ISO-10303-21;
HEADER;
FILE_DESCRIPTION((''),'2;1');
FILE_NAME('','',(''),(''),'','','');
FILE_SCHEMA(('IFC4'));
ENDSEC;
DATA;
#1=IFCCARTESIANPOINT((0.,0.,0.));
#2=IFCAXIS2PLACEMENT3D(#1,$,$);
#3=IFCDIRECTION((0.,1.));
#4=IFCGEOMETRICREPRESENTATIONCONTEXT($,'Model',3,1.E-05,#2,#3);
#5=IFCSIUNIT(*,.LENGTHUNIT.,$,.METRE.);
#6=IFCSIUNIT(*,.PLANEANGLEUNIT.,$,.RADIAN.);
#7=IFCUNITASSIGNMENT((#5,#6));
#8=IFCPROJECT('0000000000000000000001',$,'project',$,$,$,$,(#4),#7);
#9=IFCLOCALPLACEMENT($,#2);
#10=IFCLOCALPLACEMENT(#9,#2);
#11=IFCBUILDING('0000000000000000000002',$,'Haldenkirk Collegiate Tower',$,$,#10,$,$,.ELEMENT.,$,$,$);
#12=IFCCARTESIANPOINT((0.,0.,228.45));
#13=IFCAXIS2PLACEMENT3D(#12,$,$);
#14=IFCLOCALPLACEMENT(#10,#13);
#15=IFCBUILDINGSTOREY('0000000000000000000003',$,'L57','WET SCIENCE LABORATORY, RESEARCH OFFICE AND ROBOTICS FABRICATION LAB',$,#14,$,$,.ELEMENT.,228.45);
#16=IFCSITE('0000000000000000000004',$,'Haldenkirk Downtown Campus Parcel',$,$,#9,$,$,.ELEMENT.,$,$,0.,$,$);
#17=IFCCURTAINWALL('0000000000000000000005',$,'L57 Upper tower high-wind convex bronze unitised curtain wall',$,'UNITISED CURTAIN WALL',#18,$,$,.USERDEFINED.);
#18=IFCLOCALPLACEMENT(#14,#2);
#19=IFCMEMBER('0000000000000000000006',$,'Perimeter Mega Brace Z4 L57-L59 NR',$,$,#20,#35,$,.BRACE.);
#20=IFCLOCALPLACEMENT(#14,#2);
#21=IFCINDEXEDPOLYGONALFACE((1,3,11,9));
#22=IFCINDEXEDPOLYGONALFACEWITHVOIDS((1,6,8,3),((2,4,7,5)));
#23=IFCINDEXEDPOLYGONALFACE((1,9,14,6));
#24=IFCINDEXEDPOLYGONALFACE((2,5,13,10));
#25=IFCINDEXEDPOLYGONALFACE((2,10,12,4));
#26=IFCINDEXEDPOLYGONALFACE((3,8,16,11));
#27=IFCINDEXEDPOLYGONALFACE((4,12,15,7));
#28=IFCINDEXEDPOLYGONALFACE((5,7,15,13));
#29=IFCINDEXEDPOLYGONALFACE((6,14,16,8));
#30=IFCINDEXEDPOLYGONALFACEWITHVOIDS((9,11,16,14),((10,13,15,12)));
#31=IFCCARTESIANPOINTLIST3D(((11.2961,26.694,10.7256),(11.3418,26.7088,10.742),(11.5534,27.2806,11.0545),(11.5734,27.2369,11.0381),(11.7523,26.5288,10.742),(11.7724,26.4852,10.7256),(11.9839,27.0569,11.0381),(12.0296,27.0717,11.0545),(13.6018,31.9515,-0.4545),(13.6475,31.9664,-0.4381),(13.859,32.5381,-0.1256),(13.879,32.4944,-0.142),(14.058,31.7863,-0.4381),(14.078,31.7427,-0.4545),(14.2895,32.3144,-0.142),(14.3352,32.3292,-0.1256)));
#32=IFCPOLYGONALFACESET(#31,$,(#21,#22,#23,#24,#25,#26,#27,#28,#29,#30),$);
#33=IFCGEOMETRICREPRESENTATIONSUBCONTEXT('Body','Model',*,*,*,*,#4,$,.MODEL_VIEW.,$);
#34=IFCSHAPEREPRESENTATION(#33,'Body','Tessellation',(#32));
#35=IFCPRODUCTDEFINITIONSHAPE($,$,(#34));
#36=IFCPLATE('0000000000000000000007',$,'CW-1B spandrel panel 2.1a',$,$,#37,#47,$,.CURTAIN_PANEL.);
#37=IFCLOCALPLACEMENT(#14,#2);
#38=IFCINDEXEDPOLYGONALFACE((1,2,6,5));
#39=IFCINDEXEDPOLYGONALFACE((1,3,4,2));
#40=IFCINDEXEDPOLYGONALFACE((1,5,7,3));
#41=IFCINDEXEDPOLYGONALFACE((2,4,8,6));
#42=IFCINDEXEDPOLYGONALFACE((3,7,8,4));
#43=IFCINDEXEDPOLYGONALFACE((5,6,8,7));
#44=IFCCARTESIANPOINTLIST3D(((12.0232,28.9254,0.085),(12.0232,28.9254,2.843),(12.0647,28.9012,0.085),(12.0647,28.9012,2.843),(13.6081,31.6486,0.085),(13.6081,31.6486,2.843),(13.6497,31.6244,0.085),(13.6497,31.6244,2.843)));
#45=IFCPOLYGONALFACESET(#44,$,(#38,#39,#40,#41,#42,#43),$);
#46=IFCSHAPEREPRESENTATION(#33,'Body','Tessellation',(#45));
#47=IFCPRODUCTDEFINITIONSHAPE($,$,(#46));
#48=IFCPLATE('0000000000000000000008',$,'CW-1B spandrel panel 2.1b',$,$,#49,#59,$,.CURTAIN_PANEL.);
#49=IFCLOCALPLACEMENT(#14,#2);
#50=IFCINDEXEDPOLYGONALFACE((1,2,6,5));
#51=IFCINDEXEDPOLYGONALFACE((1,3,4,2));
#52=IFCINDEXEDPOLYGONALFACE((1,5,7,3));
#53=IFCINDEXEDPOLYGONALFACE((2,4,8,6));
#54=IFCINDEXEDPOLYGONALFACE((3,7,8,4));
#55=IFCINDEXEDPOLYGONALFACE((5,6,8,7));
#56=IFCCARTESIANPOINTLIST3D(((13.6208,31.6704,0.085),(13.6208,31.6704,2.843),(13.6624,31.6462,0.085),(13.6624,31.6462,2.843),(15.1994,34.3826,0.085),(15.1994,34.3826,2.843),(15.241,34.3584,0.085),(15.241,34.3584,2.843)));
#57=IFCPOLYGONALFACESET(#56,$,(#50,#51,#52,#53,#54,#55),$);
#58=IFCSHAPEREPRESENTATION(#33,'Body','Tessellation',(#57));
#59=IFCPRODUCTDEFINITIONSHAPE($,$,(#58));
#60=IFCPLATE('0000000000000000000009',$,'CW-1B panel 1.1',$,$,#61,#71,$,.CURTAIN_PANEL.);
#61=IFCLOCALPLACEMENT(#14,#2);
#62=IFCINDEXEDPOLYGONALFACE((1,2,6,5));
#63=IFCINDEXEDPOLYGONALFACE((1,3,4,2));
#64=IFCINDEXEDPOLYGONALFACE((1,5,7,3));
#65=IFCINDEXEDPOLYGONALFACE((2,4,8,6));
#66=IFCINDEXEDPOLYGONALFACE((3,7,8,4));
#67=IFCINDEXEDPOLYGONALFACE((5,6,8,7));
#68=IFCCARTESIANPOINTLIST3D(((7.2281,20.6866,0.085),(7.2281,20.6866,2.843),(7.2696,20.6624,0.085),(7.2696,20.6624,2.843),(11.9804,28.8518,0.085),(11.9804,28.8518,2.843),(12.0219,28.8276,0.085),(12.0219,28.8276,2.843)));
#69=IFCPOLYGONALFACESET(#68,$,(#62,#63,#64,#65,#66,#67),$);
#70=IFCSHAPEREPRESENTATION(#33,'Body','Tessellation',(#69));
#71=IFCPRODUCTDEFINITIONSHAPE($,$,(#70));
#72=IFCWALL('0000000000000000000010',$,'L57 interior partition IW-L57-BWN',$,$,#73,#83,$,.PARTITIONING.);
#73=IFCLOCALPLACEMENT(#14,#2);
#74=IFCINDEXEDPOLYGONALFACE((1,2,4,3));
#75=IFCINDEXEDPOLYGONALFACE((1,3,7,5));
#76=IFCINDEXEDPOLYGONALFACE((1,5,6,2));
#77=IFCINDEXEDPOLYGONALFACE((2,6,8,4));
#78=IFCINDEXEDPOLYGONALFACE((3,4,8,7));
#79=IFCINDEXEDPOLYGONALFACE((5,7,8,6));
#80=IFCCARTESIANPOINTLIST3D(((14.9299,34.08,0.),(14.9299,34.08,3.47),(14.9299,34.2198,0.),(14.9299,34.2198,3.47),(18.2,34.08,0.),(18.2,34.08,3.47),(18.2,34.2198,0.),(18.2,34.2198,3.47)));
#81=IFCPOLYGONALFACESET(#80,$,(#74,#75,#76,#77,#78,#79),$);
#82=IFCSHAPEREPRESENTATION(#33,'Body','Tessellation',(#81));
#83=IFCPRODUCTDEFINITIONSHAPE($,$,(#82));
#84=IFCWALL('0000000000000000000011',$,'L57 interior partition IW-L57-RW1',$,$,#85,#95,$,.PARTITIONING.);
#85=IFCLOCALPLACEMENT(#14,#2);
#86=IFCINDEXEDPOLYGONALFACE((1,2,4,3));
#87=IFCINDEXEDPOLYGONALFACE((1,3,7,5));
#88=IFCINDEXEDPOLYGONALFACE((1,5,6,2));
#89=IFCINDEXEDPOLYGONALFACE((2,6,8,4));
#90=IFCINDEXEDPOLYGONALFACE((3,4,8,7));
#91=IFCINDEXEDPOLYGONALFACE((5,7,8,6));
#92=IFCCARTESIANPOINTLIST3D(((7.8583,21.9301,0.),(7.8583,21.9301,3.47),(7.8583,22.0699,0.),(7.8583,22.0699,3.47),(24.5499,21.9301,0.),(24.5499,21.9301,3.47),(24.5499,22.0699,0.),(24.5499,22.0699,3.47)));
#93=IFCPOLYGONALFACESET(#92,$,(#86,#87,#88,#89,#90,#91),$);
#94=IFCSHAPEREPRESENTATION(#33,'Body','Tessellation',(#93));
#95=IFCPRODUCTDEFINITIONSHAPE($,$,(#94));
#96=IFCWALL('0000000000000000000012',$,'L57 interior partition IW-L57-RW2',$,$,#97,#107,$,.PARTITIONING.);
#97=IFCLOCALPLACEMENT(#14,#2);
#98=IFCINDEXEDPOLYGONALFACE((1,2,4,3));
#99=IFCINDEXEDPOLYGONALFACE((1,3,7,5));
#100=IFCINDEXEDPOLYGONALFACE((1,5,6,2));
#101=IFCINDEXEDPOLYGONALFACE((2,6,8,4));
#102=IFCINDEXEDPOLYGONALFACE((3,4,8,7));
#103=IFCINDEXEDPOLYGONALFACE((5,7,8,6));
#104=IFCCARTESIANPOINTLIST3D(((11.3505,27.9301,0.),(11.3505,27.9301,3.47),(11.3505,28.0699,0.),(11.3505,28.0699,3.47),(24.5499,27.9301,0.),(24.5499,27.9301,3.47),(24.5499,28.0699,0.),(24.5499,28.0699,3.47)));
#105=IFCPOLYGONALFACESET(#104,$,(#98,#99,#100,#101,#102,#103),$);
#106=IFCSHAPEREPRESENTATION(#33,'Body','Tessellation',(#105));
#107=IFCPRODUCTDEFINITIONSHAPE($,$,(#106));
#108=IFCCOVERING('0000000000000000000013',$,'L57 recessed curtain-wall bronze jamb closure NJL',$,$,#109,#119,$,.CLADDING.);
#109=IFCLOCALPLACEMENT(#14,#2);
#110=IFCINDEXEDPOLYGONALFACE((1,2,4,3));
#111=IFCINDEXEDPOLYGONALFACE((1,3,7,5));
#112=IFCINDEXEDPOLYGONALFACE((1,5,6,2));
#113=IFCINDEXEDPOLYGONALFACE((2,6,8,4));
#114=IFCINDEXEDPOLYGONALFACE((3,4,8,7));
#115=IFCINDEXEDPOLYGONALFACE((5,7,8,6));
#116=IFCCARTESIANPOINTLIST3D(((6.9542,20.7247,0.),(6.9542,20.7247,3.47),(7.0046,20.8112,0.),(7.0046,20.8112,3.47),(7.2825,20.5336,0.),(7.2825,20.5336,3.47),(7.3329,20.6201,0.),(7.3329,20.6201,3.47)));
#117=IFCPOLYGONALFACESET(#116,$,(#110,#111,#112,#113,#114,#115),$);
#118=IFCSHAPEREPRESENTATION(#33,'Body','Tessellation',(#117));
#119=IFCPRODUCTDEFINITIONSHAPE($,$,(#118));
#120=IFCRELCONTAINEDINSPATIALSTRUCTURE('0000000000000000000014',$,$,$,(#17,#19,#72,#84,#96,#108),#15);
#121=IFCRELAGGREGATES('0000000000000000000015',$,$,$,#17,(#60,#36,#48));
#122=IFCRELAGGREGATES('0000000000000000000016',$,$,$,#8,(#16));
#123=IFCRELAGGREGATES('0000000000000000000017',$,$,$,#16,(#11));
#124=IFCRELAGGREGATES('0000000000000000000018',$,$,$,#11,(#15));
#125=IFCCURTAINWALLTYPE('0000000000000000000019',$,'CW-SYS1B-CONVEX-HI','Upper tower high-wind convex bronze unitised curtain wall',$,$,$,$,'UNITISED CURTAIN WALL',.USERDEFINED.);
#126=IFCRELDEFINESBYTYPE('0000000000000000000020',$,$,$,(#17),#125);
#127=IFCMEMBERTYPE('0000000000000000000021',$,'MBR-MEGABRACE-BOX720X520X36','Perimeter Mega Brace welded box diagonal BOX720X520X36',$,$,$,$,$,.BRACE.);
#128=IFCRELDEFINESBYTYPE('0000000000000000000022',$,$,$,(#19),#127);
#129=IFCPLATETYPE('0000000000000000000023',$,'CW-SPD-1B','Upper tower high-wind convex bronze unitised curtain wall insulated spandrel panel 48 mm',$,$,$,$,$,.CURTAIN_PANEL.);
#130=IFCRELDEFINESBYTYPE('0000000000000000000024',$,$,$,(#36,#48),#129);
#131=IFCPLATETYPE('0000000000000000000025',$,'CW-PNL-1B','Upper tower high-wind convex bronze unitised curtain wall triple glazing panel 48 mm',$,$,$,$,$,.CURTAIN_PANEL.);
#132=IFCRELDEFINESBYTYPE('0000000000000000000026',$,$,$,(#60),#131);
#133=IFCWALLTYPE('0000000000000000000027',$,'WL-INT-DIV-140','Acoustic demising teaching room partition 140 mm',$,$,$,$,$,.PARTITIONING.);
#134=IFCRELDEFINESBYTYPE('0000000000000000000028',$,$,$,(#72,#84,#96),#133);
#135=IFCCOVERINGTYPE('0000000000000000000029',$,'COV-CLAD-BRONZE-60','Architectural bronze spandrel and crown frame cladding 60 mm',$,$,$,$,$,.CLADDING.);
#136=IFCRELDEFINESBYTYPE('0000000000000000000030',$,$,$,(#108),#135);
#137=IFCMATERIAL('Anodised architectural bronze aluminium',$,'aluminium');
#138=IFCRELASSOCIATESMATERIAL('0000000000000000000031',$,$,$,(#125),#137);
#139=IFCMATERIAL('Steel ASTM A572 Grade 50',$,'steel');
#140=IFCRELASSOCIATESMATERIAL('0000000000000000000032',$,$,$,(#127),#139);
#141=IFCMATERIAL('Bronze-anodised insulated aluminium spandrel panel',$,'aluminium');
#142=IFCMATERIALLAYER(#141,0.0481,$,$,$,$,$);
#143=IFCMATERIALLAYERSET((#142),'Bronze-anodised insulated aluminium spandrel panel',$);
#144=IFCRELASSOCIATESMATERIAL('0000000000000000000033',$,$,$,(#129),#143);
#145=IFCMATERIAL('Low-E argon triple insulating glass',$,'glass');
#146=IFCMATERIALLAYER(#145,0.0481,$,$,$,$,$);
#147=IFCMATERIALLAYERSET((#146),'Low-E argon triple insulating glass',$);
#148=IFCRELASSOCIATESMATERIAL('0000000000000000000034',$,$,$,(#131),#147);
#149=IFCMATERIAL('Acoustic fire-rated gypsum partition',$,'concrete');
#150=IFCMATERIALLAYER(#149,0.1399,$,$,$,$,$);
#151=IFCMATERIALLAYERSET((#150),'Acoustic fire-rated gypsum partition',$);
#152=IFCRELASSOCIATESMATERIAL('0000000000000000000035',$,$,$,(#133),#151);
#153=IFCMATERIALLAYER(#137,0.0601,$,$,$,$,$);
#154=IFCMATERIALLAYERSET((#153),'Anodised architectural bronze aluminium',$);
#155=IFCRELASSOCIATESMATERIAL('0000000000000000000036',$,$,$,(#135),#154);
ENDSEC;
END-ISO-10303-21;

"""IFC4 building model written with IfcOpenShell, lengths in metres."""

from ifc_helpers import new_model, si_unit, direction, frame, frame_2d, origin, origin_2d, place, context, subcontext, project, spatial, rectangle, hollow_rectangle, extrude, source, transform, mapped, material, layer, layer_set, material_profile, profile_set, type_object, element, aggregate, save


model = new_model("IFC4")

# Units and contexts
model_context = context("Model", 3, precision=1e-05, world=origin(), true_north=direction((0.0, 1.0)))
body_context = subcontext(model_context, "Body", "Model", "MODEL_VIEW")
ifc_project = project(units=[si_unit("LENGTHUNIT", "METRE"), si_unit("PLANEANGLEUNIT", "RADIAN")], contexts=[model_context])

# Site, building, storey
site_placement = place(None, origin())
site = spatial("IfcSite", under=ifc_project, at=site_placement, Name="Haldenkirk Downtown Campus Parcel", CompositionType="ELEMENT", RefElevation=0.0)
building_placement = place(site_placement, origin())
building = spatial("IfcBuilding", under=site, at=building_placement, Name="Haldenkirk Collegiate Tower", CompositionType="ELEMENT")
storey_placement = place(building_placement, frame((0.0, 0.0, 228.45)))
storey = spatial("IfcBuildingStorey", under=building, at=storey_placement, Name="L57", Description="WET SCIENCE LABORATORY, RESEARCH OFFICE AND ROBOTICS FABRICATION LAB", CompositionType="ELEMENT", Elevation=228.45)

# Curtain wall
ifc_material_1 = material(Name="Anodised architectural bronze aluminium", Category="aluminium")
curtain_wall_type = type_object("IfcCurtainWallType", Name="CW-SYS1B-CONVEX-HI", Description="Upper tower high-wind convex bronze unitised curtain wall", ElementType="UNITISED CURTAIN WALL", PredefinedType="USERDEFINED", material=ifc_material_1)
curtain_wall_placement = place(storey_placement, origin())
curtain_wall = element("IfcCurtainWall", 1, at=curtain_wall_placement, inside=storey, type_object=curtain_wall_type, Name="L57 Upper tower high-wind convex bronze unitised curtain wall", ObjectType="UNITISED CURTAIN WALL", PredefinedType="USERDEFINED")

# Member
ifc_material_2 = material(Name="Steel ASTM A572 Grade 50", Category="steel")
ifc_material_profile_1 = material_profile(ifc_material_2, hollow_rectangle(XDim=0.52, YDim=0.72, WallThickness=0.0359, at=origin_2d()), Name="BOX720X520X36")
ifc_profile_set_1 = profile_set([ifc_material_profile_1], Name="Steel ASTM A572 Grade 50")
member_type_1 = type_object("IfcMemberType", Name="MBR-MEGABRACE-BOX720X520X36", Description="Perimeter Mega Brace welded box diagonal BOX720X520X36", PredefinedType="BRACE", material=ifc_profile_set_1)
member_1_placement = place(storey_placement, frame((13.9685, 32.1404, -0.29), z_axis=(-0.183455, -0.41833, 0.889575), x_axis=(0.915807, -0.40162, 0.0)))
element("IfcMember", 2, at=member_1_placement, inside=storey, type_object=member_type_1, Name="Perimeter Mega Brace Z4 L57-L59 NR", PredefinedType="BRACE", context=body_context, shape_type="SweptSolid", body=[
    extrude(hollow_rectangle(XDim=0.52, YDim=0.72, WallThickness=0.0359, at=origin_2d()), origin(), (0.0, 0.0, 1.0), 12.5679),
])

# Plates
ifc_material_3 = material(Name="Bronze-anodised insulated aluminium spandrel panel", Category="aluminium")
ifc_layer_1 = layer(ifc_material_3, 0.0481)
ifc_layer_set_1 = layer_set([ifc_layer_1], Name="Bronze-anodised insulated aluminium spandrel panel")
plate_type_1 = type_object("IfcPlateType", Name="CW-SPD-1B", Description="Upper tower high-wind convex bronze unitised curtain wall insulated spandrel panel 48 mm", PredefinedType="CURTAIN_PANEL", material=ifc_layer_set_1)
shared_shape_1 = source(origin(), body_context, "Body", "SweptSolid", [
    extrude(rectangle(XDim=3.1509, YDim=0.0481, at=origin_2d()), origin(), (0.0, 0.0, 1.0), 2.7581),
])
plate_1_placement = place(storey_placement, frame((12.8364, 30.2749, 0.085), z_axis=(0.0, 0.0, 1.0), x_axis=(0.50302, 0.864275, 0.0)))
plate_1 = element("IfcPlate", 3, at=plate_1_placement, type_object=plate_type_1, Name="CW-1B spandrel panel 2.1a", PredefinedType="CURTAIN_PANEL", context=body_context, shape_type="MappedRepresentation", body=[
    mapped(shared_shape_1, transform((0.0, 0.0, 0.0), x_axis=(1.0, 0.0, 0.0), y_axis=(0.0, 1.0, 0.0), z_axis=(0.0, 0.0, 1.0), scale=1.0)),
])
shared_shape_2 = source(origin(), body_context, "Body", "SweptSolid", [
    extrude(rectangle(XDim=3.1382, YDim=0.0481, at=origin_2d()), origin(), (0.0, 0.0, 1.0), 2.7581),
])
plate_2_placement = place(storey_placement, frame((14.4309, 33.0144, 0.085), z_axis=(0.0, 0.0, 1.0), x_axis=(0.50302, 0.864275, 0.0)))
plate_2 = element("IfcPlate", 4, at=plate_2_placement, type_object=plate_type_1, Name="CW-1B spandrel panel 2.1b", PredefinedType="CURTAIN_PANEL", context=body_context, shape_type="MappedRepresentation", body=[
    mapped(shared_shape_2, transform((0.0, 0.0, 0.0), x_axis=(1.0, 0.0, 0.0), y_axis=(0.0, 1.0, 0.0), z_axis=(0.0, 0.0, 1.0), scale=1.0)),
])
ifc_material_4 = material(Name="Low-E argon triple insulating glass", Category="glass")
ifc_layer_2 = layer(ifc_material_4, 0.0481)
ifc_layer_set_2 = layer_set([ifc_layer_2], Name="Low-E argon triple insulating glass")
plate_type_2 = type_object("IfcPlateType", Name="CW-PNL-1B", Description="Upper tower high-wind convex bronze unitised curtain wall triple glazing panel 48 mm", PredefinedType="CURTAIN_PANEL", material=ifc_layer_set_2)
shared_shape_3 = source(origin(), body_context, "Body", "SweptSolid", [
    extrude(rectangle(XDim=9.4475, YDim=0.0481, at=origin_2d()), origin(), (0.0, 0.0, 1.0), 2.7581),
])
plate_3_placement = place(storey_placement, frame((9.625, 24.7571, 0.085), z_axis=(0.0, 0.0, 1.0), x_axis=(0.50302, 0.864275, 0.0)))
plate_3 = element("IfcPlate", 5, at=plate_3_placement, type_object=plate_type_2, Name="CW-1B panel 1.1", PredefinedType="CURTAIN_PANEL", context=body_context, shape_type="MappedRepresentation", body=[
    mapped(shared_shape_3, transform((0.0, 0.0, 0.0), x_axis=(1.0, 0.0, 0.0), y_axis=(0.0, 1.0, 0.0), z_axis=(0.0, 0.0, 1.0), scale=1.0)),
])
aggregate(curtain_wall, [plate_3, plate_1, plate_2])

# Walls
ifc_material_5 = material(Name="Acoustic fire-rated gypsum partition", Category="concrete")
ifc_layer_3 = layer(ifc_material_5, 0.1399)
ifc_layer_set_3 = layer_set([ifc_layer_3], Name="Acoustic fire-rated gypsum partition")
wall_type = type_object("IfcWallType", Name="WL-INT-DIV-140", Description="Acoustic demising teaching room partition 140 mm", PredefinedType="PARTITIONING", material=ifc_layer_set_3)
wall_1_placement = place(storey_placement, frame((14.9299, 34.1499, 0.0), z_axis=(0.0, 0.0, 1.0), x_axis=(1.0, 0.0, 0.0)))
element("IfcWall", 6, at=wall_1_placement, inside=storey, type_object=wall_type, Name="L57 interior partition IW-L57-BWN", PredefinedType="PARTITIONING", context=body_context, shape_type="SweptSolid", body=[
    extrude(rectangle(XDim=3.27, YDim=0.1399, at=frame_2d((1.635, 0.0))), origin(), (0.0, 0.0, 1.0), 3.47),
])
wall_2_placement = place(storey_placement, frame((7.8584, 22.0, 0.0), z_axis=(0.0, 0.0, 1.0), x_axis=(1.0, 0.0, 0.0)))
element("IfcWall", 7, at=wall_2_placement, inside=storey, type_object=wall_type, Name="L57 interior partition IW-L57-RW1", PredefinedType="PARTITIONING", context=body_context, shape_type="SweptSolid", body=[
    extrude(rectangle(XDim=16.6917, YDim=0.1399, at=frame_2d((8.3457, 0.0))), origin(), (0.0, 0.0, 1.0), 3.47),
])
wall_3_placement = place(storey_placement, frame((11.3506, 28.0, 0.0), z_axis=(0.0, 0.0, 1.0), x_axis=(1.0, 0.0, 0.0)))
element("IfcWall", 8, at=wall_3_placement, inside=storey, type_object=wall_type, Name="L57 interior partition IW-L57-RW2", PredefinedType="PARTITIONING", context=body_context, shape_type="SweptSolid", body=[
    extrude(rectangle(XDim=13.1995, YDim=0.1399, at=frame_2d((6.5996, 0.0))), origin(), (0.0, 0.0, 1.0), 3.47),
])

# Covering
ifc_layer_4 = layer(ifc_material_1, 0.0601)
ifc_layer_set_4 = layer_set([ifc_layer_4], Name="Anodised architectural bronze aluminium")
covering_type = type_object("IfcCoveringType", Name="COV-CLAD-BRONZE-60", Description="Architectural bronze spandrel and crown frame cladding 60 mm", PredefinedType="CLADDING", material=ifc_layer_set_4)
shared_shape_4 = source(origin(), body_context, "Body", "SweptSolid", [
    extrude(rectangle(XDim=0.1001, YDim=0.3799, at=origin_2d()), origin(), (0.0, 0.0, 1.0), 3.47),
])
covering_placement = place(storey_placement, frame((7.1436, 20.6724, 0.0), z_axis=(0.0, 0.0, 1.0), x_axis=(0.50302, 0.864275, 0.0)))
element("IfcCovering", 9, at=covering_placement, inside=storey, type_object=covering_type, Name="L57 recessed curtain-wall bronze jamb closure NJL", PredefinedType="CLADDING", context=body_context, shape_type="MappedRepresentation", body=[
    mapped(shared_shape_4, transform((0.0, 0.0, 0.0), x_axis=(1.0, 0.0, 0.0), y_axis=(0.0, 1.0, 0.0), z_axis=(0.0, 0.0, 1.0), scale=1.0)),
])

save(model, "model.ifc")
